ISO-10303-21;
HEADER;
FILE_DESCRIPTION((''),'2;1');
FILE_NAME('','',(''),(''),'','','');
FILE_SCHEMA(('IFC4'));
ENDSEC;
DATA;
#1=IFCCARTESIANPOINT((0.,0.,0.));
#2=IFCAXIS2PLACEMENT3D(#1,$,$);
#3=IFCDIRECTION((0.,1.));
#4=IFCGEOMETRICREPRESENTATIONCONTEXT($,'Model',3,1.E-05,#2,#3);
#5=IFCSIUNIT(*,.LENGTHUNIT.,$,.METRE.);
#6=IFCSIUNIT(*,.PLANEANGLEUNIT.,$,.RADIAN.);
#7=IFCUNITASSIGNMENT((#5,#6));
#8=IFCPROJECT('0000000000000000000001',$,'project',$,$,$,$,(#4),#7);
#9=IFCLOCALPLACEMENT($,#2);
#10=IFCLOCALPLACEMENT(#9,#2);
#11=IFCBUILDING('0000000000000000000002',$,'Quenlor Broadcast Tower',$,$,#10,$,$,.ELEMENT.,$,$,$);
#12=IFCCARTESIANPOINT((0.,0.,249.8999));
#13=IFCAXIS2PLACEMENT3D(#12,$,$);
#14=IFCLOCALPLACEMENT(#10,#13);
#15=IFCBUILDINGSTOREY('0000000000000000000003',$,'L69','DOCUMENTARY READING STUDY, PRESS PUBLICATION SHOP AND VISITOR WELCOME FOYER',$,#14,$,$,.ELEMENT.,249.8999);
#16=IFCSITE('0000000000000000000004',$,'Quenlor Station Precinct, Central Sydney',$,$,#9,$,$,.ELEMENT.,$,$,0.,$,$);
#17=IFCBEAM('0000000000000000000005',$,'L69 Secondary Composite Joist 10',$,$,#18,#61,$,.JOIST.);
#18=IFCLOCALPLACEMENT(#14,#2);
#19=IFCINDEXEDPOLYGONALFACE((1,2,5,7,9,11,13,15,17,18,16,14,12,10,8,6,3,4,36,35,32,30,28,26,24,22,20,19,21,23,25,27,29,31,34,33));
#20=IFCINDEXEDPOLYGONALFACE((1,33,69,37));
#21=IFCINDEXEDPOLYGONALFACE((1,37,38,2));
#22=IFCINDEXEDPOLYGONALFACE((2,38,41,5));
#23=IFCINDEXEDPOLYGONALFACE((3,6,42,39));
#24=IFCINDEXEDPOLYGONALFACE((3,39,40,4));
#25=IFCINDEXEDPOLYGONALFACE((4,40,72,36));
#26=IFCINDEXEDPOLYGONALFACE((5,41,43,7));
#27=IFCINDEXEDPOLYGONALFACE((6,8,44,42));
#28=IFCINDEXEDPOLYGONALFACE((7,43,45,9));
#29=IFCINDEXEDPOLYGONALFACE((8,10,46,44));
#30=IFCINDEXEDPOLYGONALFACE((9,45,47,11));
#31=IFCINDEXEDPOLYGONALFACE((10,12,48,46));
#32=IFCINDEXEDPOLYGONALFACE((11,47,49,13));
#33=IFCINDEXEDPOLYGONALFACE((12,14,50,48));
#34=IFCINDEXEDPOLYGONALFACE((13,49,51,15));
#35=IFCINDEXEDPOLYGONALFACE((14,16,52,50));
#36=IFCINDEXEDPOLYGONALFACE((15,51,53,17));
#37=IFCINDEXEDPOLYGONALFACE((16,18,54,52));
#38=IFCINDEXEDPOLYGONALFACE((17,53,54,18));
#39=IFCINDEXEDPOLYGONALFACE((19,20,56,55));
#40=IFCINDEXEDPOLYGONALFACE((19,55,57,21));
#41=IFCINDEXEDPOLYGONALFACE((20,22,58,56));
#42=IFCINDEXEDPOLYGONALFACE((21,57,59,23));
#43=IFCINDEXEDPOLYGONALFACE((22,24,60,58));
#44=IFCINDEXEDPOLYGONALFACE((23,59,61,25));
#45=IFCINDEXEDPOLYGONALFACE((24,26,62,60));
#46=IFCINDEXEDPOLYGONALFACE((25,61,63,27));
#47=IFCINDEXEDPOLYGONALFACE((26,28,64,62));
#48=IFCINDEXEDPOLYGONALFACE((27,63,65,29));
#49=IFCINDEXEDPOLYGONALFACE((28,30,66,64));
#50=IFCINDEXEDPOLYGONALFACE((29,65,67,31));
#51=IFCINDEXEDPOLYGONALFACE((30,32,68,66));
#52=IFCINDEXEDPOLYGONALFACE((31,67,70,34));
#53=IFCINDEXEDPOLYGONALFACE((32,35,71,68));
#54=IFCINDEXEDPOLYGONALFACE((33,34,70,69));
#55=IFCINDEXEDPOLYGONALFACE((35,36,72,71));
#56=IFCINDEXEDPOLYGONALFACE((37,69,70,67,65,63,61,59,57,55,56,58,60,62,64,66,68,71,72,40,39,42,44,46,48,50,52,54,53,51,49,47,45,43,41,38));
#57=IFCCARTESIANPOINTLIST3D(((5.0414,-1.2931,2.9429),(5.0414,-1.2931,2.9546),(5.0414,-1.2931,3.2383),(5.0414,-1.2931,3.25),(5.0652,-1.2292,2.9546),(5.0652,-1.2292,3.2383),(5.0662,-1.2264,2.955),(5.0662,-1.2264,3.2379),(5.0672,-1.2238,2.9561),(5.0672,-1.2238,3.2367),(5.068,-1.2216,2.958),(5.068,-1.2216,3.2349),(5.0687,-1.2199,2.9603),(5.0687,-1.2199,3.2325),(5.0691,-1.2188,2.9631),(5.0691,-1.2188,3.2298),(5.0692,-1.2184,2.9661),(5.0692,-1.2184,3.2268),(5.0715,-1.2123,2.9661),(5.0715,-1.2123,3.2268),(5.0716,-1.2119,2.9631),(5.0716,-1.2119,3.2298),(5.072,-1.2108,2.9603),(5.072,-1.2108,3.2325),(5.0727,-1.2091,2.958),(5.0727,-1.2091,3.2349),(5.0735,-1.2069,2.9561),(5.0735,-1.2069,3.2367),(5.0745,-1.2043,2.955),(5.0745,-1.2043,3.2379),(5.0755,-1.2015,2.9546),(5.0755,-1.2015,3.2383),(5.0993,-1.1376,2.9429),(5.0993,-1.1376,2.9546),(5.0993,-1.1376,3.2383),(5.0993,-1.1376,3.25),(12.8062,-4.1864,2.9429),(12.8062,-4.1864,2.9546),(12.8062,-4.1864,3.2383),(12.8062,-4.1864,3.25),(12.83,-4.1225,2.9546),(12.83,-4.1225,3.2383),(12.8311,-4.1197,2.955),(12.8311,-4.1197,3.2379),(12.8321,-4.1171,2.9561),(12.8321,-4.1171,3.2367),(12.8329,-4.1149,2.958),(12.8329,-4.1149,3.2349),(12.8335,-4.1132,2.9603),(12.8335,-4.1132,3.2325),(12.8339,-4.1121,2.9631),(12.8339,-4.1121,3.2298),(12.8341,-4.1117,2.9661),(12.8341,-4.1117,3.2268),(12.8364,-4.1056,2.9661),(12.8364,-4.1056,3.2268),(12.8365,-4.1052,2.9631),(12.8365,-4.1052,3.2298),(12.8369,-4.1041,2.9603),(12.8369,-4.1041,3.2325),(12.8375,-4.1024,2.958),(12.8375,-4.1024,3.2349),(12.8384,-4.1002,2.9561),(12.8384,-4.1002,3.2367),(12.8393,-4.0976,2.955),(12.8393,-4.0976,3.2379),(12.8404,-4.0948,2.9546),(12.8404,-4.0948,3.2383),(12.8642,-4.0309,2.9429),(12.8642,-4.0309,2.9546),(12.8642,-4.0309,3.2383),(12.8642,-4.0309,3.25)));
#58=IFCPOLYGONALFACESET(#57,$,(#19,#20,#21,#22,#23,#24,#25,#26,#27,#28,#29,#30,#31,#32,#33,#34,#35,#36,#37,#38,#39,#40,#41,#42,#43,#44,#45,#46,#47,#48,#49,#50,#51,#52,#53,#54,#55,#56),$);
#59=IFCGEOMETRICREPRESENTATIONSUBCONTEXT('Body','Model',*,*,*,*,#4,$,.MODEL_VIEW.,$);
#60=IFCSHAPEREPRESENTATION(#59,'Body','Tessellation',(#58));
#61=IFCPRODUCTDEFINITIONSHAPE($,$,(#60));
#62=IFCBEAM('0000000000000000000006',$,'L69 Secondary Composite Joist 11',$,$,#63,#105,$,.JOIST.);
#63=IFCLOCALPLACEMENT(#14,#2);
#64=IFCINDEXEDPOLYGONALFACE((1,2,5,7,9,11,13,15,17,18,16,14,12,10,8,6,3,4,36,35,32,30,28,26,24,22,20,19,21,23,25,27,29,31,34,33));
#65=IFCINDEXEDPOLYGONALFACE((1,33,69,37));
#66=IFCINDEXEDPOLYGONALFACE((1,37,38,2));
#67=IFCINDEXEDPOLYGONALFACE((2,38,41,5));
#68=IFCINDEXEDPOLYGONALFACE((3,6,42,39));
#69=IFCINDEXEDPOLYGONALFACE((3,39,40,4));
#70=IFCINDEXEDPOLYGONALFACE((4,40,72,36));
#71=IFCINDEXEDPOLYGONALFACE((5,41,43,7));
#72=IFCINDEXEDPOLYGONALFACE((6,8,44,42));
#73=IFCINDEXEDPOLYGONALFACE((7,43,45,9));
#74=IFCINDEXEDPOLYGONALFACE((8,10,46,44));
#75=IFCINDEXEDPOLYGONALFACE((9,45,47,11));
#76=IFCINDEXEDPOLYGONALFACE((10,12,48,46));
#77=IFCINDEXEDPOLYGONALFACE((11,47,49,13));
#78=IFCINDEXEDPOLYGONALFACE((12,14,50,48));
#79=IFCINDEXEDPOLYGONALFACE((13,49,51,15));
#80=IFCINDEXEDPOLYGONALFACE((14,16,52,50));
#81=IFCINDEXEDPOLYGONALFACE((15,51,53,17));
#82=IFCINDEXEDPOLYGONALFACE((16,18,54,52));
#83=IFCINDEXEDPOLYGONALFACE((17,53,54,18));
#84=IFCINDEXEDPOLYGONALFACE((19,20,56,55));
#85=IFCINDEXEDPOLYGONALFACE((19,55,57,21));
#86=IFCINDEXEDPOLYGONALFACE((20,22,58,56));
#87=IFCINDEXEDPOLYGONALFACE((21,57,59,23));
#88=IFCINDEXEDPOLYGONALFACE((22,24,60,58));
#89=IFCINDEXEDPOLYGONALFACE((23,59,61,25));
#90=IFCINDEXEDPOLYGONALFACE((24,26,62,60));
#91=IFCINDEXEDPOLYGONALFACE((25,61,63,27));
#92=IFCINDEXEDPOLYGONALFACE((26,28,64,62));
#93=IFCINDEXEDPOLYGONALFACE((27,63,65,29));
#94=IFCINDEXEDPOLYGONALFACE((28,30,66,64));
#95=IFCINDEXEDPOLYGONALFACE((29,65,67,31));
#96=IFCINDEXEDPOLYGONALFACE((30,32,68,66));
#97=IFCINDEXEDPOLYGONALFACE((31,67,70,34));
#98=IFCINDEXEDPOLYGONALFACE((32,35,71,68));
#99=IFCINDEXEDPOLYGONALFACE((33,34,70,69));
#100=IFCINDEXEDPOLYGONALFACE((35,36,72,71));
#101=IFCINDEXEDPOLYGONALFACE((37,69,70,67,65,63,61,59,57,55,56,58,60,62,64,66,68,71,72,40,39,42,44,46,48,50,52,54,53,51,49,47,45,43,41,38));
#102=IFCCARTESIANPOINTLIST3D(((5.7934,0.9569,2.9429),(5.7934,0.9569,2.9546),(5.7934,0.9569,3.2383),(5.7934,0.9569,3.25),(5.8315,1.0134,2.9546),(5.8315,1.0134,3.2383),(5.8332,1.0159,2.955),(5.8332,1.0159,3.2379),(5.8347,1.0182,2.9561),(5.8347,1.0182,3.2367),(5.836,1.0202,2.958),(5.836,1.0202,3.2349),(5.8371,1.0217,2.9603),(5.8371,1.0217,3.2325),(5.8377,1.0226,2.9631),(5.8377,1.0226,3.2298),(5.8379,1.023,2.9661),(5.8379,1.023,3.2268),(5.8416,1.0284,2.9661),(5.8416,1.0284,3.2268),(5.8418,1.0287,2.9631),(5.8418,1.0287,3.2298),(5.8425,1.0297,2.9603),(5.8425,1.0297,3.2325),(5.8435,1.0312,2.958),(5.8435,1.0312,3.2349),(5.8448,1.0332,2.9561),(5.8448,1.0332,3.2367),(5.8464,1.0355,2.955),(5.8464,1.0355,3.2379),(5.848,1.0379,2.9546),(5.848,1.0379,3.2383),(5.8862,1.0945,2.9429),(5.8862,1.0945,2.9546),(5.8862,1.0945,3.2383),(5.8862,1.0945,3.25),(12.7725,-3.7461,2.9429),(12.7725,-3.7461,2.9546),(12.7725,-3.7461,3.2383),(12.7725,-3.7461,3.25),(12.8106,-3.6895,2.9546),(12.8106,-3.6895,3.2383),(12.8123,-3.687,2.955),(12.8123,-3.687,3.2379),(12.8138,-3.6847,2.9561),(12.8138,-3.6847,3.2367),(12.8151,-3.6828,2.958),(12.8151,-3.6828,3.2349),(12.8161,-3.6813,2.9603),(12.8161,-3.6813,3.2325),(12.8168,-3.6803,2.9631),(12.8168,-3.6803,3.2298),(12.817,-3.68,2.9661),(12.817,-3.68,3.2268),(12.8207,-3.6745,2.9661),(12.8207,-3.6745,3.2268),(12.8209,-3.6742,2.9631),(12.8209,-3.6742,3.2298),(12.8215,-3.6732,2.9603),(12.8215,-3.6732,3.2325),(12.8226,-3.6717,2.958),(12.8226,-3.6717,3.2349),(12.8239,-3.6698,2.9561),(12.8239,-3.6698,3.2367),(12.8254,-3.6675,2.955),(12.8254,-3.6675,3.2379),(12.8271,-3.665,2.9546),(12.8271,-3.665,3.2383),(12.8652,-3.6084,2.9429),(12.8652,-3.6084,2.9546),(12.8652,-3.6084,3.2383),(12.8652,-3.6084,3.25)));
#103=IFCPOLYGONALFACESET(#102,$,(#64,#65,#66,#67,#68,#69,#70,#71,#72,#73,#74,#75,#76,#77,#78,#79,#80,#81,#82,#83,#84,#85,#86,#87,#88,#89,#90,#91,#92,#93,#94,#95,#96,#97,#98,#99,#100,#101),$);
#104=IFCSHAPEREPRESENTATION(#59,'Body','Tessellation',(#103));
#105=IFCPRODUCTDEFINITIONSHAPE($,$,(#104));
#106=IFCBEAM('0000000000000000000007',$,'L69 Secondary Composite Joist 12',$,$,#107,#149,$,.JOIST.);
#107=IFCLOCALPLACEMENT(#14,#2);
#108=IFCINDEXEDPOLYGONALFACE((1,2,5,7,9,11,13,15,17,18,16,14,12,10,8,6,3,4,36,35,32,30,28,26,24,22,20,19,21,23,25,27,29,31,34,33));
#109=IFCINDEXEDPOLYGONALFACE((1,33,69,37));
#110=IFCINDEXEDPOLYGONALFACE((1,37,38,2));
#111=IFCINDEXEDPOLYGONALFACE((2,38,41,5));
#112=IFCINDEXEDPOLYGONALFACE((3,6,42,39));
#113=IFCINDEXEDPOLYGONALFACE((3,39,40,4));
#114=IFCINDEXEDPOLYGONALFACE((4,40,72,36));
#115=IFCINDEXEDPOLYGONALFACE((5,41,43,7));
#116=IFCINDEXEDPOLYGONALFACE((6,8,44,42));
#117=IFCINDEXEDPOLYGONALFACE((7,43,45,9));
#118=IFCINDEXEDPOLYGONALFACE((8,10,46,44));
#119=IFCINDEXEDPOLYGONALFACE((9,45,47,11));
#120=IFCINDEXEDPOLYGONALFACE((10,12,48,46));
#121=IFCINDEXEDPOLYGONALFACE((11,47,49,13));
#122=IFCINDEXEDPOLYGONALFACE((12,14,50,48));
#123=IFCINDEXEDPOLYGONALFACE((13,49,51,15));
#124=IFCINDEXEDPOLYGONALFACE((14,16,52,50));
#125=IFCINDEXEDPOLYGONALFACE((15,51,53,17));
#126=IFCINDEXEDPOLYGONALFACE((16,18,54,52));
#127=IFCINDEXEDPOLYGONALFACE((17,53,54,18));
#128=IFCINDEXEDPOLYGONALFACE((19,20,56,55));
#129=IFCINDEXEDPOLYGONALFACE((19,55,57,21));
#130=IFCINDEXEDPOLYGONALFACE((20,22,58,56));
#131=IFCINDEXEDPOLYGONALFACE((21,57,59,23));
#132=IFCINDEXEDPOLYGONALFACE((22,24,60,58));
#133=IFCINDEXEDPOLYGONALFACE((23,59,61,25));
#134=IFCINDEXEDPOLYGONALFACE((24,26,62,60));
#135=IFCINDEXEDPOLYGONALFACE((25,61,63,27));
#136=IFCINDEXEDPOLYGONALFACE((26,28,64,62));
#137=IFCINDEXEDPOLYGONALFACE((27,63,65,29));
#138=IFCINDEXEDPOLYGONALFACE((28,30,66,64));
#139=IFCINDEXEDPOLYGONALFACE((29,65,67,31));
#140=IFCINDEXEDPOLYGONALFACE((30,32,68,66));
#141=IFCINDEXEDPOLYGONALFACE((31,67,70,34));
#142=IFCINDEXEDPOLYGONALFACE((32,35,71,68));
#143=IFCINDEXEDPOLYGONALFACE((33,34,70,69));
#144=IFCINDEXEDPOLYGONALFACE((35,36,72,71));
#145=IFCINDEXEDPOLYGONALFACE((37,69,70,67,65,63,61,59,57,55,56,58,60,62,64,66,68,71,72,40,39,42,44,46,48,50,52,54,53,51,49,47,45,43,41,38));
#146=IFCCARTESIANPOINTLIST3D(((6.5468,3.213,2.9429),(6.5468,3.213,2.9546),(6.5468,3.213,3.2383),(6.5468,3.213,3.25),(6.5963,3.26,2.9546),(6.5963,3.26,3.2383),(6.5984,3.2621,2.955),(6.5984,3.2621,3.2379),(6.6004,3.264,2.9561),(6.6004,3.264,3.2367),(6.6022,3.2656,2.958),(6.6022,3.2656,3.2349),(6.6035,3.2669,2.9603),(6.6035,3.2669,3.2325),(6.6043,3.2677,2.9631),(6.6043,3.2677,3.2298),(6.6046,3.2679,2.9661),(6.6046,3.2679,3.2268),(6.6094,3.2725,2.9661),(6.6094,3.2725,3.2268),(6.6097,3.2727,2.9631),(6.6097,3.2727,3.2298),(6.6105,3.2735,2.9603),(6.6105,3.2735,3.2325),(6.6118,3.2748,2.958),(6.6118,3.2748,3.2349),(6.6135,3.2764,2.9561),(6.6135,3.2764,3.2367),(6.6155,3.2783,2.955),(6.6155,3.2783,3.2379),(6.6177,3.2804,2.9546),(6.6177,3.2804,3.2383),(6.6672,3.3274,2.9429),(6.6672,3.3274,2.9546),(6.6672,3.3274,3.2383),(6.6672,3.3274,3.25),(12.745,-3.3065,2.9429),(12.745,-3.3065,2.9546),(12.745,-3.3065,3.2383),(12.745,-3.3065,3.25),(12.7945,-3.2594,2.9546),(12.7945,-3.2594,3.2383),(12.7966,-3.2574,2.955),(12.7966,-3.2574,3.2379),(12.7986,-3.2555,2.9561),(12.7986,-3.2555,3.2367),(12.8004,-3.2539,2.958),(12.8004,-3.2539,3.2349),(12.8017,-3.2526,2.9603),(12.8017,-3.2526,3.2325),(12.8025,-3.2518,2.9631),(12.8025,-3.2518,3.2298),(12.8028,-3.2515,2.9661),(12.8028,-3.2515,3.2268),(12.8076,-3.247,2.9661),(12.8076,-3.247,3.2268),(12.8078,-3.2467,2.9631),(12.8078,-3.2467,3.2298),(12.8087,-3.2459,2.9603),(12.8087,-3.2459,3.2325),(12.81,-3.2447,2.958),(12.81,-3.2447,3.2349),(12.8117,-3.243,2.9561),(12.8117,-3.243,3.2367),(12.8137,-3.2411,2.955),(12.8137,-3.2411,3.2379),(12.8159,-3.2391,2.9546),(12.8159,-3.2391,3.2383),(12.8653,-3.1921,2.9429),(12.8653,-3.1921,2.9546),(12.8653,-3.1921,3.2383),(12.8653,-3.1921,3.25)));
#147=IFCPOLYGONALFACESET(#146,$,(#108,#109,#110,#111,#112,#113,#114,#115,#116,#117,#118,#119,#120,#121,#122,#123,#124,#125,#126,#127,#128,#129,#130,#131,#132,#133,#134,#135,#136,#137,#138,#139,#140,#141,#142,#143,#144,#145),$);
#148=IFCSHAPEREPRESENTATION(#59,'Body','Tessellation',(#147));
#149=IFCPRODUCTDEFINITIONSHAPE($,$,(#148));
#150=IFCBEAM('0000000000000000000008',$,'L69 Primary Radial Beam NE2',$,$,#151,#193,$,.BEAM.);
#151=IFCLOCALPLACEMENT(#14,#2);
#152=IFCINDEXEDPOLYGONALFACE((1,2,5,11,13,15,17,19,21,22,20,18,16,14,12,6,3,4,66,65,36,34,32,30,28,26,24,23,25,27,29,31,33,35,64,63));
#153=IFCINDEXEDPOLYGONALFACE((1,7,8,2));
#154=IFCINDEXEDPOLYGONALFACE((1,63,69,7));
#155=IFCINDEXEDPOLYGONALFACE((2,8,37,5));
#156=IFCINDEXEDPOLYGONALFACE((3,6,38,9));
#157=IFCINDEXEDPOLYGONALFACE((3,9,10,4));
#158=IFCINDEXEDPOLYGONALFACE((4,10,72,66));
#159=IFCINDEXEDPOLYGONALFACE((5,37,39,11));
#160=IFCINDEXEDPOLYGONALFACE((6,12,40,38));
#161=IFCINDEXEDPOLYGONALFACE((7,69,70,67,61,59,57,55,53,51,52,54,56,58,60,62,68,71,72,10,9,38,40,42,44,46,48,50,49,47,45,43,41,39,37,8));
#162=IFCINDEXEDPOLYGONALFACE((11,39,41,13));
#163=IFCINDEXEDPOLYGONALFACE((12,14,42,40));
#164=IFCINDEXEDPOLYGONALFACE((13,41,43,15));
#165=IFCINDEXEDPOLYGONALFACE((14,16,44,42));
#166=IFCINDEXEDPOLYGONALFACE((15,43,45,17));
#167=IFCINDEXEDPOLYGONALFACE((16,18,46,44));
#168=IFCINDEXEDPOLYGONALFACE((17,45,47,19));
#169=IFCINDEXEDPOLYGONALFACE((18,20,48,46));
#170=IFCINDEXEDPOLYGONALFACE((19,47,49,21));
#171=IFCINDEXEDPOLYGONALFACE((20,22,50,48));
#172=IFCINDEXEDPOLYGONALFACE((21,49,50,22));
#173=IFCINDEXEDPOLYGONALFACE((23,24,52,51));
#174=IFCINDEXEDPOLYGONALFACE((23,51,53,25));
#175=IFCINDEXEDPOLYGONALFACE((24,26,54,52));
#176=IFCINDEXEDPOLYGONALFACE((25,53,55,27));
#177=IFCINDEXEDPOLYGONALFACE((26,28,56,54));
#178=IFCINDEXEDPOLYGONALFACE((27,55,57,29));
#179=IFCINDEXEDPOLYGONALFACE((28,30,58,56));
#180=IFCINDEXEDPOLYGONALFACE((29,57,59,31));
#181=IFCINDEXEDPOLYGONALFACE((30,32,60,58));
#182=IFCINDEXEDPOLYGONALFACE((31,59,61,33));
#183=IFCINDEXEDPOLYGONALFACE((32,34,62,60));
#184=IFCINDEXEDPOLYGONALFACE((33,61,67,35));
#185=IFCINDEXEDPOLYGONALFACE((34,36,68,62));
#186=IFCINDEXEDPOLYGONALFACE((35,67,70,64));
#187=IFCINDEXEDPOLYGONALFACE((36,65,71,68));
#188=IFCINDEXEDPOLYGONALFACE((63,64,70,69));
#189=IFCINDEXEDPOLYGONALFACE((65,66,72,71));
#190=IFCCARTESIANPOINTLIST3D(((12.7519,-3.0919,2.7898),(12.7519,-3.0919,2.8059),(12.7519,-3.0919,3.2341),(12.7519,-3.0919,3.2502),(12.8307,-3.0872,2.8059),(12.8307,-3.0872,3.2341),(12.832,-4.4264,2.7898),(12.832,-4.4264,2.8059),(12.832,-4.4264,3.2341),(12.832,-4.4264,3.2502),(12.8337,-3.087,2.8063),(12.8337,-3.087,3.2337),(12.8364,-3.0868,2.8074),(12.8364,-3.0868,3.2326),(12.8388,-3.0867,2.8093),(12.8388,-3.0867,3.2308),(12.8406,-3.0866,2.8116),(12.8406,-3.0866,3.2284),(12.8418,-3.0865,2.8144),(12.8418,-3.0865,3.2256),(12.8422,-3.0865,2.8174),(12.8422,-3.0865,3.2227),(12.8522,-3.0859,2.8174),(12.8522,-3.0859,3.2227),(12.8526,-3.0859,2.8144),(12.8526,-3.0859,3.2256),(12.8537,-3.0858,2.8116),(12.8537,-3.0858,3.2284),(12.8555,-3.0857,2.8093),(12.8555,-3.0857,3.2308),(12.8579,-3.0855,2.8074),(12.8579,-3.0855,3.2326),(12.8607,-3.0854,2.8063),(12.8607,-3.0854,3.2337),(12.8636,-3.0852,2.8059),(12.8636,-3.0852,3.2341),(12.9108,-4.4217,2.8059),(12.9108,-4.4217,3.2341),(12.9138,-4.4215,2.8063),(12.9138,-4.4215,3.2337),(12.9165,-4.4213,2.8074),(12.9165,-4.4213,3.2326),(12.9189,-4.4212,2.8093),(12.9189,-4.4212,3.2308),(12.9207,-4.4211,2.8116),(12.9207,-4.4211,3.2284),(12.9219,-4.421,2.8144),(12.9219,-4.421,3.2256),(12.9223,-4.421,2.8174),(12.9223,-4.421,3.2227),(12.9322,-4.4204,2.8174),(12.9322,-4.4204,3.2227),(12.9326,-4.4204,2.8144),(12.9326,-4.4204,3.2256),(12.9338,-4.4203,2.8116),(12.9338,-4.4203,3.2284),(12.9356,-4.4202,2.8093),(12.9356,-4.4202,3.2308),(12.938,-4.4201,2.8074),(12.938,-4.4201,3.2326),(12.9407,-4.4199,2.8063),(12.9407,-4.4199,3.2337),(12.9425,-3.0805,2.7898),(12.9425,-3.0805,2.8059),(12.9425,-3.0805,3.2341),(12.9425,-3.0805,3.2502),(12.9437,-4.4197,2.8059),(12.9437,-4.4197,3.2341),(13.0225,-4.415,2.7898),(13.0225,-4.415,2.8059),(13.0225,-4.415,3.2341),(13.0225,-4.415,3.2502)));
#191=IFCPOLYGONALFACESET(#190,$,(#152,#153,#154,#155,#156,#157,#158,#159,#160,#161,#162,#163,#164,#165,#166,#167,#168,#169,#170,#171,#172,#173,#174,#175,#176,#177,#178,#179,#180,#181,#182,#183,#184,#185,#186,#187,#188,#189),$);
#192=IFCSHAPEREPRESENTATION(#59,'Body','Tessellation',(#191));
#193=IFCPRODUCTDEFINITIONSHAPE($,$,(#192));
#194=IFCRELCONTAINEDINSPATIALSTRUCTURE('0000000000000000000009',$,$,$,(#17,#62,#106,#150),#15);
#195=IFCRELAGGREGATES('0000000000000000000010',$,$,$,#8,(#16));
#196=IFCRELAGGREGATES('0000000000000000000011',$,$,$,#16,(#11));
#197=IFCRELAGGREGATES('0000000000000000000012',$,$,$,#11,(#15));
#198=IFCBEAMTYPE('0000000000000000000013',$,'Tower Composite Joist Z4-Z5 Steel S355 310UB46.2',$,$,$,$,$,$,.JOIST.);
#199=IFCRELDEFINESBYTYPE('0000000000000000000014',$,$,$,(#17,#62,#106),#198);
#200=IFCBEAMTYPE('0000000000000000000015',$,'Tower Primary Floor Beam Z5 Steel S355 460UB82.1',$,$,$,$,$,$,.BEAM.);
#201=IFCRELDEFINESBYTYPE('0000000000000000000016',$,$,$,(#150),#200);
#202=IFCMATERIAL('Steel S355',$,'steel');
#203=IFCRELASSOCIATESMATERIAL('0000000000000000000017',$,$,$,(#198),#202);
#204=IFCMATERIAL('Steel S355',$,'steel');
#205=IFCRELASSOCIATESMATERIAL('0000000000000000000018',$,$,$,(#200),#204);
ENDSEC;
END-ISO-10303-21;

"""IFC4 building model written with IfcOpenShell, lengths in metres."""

from ifc_helpers import new_model, si_unit, direction, frame, origin, origin_2d, place, context, subcontext, project, spatial, i_section, extrude, material, material_profile, profile_set, type_object, element, save


model = new_model("IFC4")

# Units and contexts
model_context = context("Model", 3, precision=1e-05, world=origin(), true_north=direction((0.0, 1.0)))
body_context = subcontext(model_context, "Body", "Model", "MODEL_VIEW")
ifc_project = project(units=[si_unit("LENGTHUNIT", "METRE"), si_unit("PLANEANGLEUNIT", "RADIAN")], contexts=[model_context])

# Site, building, storey
site_placement = place(None, origin())
site = spatial("IfcSite", under=ifc_project, at=site_placement, Name="Quenlor Station Precinct, Central Sydney", CompositionType="ELEMENT", RefElevation=0.0)
building_placement = place(site_placement, origin())
building = spatial("IfcBuilding", under=site, at=building_placement, Name="Quenlor Broadcast Tower", CompositionType="ELEMENT")
storey_placement = place(building_placement, frame((0.0, 0.0, 249.8999)))
storey = spatial("IfcBuildingStorey", under=building, at=storey_placement, Name="L69", Description="DOCUMENTARY READING STUDY, PRESS PUBLICATION SHOP AND VISITOR WELCOME FOYER", CompositionType="ELEMENT", Elevation=249.8999)

# Beams
ifc_material_1 = material(Name="Steel S355", Category="steel")
ifc_material_profile_1 = material_profile(ifc_material_1, i_section(OverallWidth=0.166, OverallDepth=0.3071, WebThickness=0.0066, FlangeThickness=0.0117, FilletRadius=0.0115, at=origin_2d()))
ifc_profile_set_1 = profile_set([ifc_material_profile_1], Name="Steel S355 310UB46.2")
beam_type_1 = type_object("IfcBeamType", Name="Tower Composite Joist Z4-Z5 Steel S355 310UB46.2", PredefinedType="JOIST", material=ifc_profile_set_1)
beam_1_placement = place(storey_placement, frame((12.8352, -4.1086, 3.0964), z_axis=(-0.937062, 0.349163, 0.0), x_axis=(-0.349163, -0.937062, 0.0)))
element("IfcBeam", 1, at=beam_1_placement, inside=storey, type_object=beam_type_1, Name="L69 Secondary Composite Joist 10", PredefinedType="JOIST", context=body_context, shape_type="SweptSolid", body=[
    extrude(i_section(OverallWidth=0.166, OverallDepth=0.3071, WebThickness=0.0066, FlangeThickness=0.0117, FilletRadius=0.0115, at=origin_2d()), origin(), (0.0, 0.0, 1.0), 8.2864),
])
beam_2_placement = place(storey_placement, frame((12.8188, -3.6772, 3.0964), z_axis=(-0.829286, 0.558824, 0.0), x_axis=(-0.558824, -0.829286, 0.0)))
element("IfcBeam", 2, at=beam_2_placement, inside=storey, type_object=beam_type_1, Name="L69 Secondary Composite Joist 11", PredefinedType="JOIST", context=body_context, shape_type="SweptSolid", body=[
    extrude(i_section(OverallWidth=0.166, OverallDepth=0.3071, WebThickness=0.0066, FlangeThickness=0.0117, FilletRadius=0.0115, at=origin_2d()), origin(), (0.0, 0.0, 1.0), 8.4158),
])
beam_3_placement = place(storey_placement, frame((12.8052, -3.2493, 3.0964), z_axis=(-0.689023, 0.724739, 0.0), x_axis=(-0.724739, -0.689023, 0.0)))
element("IfcBeam", 3, at=beam_3_placement, inside=storey, type_object=beam_type_1, Name="L69 Secondary Composite Joist 12", PredefinedType="JOIST", context=body_context, shape_type="SweptSolid", body=[
    extrude(i_section(OverallWidth=0.166, OverallDepth=0.3071, WebThickness=0.0066, FlangeThickness=0.0117, FilletRadius=0.0115, at=origin_2d()), origin(), (0.0, 0.0, 1.0), 8.9956),
])
ifc_material_2 = material(Name="Steel S355", Category="steel")
ifc_material_profile_2 = material_profile(ifc_material_2, i_section(OverallWidth=0.1909, OverallDepth=0.4604, WebThickness=0.01, FlangeThickness=0.0161, FilletRadius=0.0115, at=origin_2d()))
ifc_profile_set_2 = profile_set([ifc_material_profile_2], Name="Steel S355 460UB82.1")
beam_type_2 = type_object("IfcBeamType", Name="Tower Primary Floor Beam Z5 Steel S355 460UB82.1", PredefinedType="BEAM", material=ifc_profile_set_2)
beam_4_placement = place(storey_placement, frame((12.8472, -3.0862, 3.02), z_axis=(0.0599, -0.998204, 0.0), x_axis=(0.998204, 0.0599, 0.0)))
element("IfcBeam", 4, at=beam_4_placement, inside=storey, type_object=beam_type_2, Name="L69 Primary Radial Beam NE2", PredefinedType="BEAM", context=body_context, shape_type="SweptSolid", body=[
    extrude(i_section(OverallWidth=0.1909, OverallDepth=0.4604, WebThickness=0.01, FlangeThickness=0.0161, FilletRadius=0.0115, at=origin_2d()), origin(), (0.0, 0.0, 1.0), 1.3369),
])

save(model, "model.ifc")
